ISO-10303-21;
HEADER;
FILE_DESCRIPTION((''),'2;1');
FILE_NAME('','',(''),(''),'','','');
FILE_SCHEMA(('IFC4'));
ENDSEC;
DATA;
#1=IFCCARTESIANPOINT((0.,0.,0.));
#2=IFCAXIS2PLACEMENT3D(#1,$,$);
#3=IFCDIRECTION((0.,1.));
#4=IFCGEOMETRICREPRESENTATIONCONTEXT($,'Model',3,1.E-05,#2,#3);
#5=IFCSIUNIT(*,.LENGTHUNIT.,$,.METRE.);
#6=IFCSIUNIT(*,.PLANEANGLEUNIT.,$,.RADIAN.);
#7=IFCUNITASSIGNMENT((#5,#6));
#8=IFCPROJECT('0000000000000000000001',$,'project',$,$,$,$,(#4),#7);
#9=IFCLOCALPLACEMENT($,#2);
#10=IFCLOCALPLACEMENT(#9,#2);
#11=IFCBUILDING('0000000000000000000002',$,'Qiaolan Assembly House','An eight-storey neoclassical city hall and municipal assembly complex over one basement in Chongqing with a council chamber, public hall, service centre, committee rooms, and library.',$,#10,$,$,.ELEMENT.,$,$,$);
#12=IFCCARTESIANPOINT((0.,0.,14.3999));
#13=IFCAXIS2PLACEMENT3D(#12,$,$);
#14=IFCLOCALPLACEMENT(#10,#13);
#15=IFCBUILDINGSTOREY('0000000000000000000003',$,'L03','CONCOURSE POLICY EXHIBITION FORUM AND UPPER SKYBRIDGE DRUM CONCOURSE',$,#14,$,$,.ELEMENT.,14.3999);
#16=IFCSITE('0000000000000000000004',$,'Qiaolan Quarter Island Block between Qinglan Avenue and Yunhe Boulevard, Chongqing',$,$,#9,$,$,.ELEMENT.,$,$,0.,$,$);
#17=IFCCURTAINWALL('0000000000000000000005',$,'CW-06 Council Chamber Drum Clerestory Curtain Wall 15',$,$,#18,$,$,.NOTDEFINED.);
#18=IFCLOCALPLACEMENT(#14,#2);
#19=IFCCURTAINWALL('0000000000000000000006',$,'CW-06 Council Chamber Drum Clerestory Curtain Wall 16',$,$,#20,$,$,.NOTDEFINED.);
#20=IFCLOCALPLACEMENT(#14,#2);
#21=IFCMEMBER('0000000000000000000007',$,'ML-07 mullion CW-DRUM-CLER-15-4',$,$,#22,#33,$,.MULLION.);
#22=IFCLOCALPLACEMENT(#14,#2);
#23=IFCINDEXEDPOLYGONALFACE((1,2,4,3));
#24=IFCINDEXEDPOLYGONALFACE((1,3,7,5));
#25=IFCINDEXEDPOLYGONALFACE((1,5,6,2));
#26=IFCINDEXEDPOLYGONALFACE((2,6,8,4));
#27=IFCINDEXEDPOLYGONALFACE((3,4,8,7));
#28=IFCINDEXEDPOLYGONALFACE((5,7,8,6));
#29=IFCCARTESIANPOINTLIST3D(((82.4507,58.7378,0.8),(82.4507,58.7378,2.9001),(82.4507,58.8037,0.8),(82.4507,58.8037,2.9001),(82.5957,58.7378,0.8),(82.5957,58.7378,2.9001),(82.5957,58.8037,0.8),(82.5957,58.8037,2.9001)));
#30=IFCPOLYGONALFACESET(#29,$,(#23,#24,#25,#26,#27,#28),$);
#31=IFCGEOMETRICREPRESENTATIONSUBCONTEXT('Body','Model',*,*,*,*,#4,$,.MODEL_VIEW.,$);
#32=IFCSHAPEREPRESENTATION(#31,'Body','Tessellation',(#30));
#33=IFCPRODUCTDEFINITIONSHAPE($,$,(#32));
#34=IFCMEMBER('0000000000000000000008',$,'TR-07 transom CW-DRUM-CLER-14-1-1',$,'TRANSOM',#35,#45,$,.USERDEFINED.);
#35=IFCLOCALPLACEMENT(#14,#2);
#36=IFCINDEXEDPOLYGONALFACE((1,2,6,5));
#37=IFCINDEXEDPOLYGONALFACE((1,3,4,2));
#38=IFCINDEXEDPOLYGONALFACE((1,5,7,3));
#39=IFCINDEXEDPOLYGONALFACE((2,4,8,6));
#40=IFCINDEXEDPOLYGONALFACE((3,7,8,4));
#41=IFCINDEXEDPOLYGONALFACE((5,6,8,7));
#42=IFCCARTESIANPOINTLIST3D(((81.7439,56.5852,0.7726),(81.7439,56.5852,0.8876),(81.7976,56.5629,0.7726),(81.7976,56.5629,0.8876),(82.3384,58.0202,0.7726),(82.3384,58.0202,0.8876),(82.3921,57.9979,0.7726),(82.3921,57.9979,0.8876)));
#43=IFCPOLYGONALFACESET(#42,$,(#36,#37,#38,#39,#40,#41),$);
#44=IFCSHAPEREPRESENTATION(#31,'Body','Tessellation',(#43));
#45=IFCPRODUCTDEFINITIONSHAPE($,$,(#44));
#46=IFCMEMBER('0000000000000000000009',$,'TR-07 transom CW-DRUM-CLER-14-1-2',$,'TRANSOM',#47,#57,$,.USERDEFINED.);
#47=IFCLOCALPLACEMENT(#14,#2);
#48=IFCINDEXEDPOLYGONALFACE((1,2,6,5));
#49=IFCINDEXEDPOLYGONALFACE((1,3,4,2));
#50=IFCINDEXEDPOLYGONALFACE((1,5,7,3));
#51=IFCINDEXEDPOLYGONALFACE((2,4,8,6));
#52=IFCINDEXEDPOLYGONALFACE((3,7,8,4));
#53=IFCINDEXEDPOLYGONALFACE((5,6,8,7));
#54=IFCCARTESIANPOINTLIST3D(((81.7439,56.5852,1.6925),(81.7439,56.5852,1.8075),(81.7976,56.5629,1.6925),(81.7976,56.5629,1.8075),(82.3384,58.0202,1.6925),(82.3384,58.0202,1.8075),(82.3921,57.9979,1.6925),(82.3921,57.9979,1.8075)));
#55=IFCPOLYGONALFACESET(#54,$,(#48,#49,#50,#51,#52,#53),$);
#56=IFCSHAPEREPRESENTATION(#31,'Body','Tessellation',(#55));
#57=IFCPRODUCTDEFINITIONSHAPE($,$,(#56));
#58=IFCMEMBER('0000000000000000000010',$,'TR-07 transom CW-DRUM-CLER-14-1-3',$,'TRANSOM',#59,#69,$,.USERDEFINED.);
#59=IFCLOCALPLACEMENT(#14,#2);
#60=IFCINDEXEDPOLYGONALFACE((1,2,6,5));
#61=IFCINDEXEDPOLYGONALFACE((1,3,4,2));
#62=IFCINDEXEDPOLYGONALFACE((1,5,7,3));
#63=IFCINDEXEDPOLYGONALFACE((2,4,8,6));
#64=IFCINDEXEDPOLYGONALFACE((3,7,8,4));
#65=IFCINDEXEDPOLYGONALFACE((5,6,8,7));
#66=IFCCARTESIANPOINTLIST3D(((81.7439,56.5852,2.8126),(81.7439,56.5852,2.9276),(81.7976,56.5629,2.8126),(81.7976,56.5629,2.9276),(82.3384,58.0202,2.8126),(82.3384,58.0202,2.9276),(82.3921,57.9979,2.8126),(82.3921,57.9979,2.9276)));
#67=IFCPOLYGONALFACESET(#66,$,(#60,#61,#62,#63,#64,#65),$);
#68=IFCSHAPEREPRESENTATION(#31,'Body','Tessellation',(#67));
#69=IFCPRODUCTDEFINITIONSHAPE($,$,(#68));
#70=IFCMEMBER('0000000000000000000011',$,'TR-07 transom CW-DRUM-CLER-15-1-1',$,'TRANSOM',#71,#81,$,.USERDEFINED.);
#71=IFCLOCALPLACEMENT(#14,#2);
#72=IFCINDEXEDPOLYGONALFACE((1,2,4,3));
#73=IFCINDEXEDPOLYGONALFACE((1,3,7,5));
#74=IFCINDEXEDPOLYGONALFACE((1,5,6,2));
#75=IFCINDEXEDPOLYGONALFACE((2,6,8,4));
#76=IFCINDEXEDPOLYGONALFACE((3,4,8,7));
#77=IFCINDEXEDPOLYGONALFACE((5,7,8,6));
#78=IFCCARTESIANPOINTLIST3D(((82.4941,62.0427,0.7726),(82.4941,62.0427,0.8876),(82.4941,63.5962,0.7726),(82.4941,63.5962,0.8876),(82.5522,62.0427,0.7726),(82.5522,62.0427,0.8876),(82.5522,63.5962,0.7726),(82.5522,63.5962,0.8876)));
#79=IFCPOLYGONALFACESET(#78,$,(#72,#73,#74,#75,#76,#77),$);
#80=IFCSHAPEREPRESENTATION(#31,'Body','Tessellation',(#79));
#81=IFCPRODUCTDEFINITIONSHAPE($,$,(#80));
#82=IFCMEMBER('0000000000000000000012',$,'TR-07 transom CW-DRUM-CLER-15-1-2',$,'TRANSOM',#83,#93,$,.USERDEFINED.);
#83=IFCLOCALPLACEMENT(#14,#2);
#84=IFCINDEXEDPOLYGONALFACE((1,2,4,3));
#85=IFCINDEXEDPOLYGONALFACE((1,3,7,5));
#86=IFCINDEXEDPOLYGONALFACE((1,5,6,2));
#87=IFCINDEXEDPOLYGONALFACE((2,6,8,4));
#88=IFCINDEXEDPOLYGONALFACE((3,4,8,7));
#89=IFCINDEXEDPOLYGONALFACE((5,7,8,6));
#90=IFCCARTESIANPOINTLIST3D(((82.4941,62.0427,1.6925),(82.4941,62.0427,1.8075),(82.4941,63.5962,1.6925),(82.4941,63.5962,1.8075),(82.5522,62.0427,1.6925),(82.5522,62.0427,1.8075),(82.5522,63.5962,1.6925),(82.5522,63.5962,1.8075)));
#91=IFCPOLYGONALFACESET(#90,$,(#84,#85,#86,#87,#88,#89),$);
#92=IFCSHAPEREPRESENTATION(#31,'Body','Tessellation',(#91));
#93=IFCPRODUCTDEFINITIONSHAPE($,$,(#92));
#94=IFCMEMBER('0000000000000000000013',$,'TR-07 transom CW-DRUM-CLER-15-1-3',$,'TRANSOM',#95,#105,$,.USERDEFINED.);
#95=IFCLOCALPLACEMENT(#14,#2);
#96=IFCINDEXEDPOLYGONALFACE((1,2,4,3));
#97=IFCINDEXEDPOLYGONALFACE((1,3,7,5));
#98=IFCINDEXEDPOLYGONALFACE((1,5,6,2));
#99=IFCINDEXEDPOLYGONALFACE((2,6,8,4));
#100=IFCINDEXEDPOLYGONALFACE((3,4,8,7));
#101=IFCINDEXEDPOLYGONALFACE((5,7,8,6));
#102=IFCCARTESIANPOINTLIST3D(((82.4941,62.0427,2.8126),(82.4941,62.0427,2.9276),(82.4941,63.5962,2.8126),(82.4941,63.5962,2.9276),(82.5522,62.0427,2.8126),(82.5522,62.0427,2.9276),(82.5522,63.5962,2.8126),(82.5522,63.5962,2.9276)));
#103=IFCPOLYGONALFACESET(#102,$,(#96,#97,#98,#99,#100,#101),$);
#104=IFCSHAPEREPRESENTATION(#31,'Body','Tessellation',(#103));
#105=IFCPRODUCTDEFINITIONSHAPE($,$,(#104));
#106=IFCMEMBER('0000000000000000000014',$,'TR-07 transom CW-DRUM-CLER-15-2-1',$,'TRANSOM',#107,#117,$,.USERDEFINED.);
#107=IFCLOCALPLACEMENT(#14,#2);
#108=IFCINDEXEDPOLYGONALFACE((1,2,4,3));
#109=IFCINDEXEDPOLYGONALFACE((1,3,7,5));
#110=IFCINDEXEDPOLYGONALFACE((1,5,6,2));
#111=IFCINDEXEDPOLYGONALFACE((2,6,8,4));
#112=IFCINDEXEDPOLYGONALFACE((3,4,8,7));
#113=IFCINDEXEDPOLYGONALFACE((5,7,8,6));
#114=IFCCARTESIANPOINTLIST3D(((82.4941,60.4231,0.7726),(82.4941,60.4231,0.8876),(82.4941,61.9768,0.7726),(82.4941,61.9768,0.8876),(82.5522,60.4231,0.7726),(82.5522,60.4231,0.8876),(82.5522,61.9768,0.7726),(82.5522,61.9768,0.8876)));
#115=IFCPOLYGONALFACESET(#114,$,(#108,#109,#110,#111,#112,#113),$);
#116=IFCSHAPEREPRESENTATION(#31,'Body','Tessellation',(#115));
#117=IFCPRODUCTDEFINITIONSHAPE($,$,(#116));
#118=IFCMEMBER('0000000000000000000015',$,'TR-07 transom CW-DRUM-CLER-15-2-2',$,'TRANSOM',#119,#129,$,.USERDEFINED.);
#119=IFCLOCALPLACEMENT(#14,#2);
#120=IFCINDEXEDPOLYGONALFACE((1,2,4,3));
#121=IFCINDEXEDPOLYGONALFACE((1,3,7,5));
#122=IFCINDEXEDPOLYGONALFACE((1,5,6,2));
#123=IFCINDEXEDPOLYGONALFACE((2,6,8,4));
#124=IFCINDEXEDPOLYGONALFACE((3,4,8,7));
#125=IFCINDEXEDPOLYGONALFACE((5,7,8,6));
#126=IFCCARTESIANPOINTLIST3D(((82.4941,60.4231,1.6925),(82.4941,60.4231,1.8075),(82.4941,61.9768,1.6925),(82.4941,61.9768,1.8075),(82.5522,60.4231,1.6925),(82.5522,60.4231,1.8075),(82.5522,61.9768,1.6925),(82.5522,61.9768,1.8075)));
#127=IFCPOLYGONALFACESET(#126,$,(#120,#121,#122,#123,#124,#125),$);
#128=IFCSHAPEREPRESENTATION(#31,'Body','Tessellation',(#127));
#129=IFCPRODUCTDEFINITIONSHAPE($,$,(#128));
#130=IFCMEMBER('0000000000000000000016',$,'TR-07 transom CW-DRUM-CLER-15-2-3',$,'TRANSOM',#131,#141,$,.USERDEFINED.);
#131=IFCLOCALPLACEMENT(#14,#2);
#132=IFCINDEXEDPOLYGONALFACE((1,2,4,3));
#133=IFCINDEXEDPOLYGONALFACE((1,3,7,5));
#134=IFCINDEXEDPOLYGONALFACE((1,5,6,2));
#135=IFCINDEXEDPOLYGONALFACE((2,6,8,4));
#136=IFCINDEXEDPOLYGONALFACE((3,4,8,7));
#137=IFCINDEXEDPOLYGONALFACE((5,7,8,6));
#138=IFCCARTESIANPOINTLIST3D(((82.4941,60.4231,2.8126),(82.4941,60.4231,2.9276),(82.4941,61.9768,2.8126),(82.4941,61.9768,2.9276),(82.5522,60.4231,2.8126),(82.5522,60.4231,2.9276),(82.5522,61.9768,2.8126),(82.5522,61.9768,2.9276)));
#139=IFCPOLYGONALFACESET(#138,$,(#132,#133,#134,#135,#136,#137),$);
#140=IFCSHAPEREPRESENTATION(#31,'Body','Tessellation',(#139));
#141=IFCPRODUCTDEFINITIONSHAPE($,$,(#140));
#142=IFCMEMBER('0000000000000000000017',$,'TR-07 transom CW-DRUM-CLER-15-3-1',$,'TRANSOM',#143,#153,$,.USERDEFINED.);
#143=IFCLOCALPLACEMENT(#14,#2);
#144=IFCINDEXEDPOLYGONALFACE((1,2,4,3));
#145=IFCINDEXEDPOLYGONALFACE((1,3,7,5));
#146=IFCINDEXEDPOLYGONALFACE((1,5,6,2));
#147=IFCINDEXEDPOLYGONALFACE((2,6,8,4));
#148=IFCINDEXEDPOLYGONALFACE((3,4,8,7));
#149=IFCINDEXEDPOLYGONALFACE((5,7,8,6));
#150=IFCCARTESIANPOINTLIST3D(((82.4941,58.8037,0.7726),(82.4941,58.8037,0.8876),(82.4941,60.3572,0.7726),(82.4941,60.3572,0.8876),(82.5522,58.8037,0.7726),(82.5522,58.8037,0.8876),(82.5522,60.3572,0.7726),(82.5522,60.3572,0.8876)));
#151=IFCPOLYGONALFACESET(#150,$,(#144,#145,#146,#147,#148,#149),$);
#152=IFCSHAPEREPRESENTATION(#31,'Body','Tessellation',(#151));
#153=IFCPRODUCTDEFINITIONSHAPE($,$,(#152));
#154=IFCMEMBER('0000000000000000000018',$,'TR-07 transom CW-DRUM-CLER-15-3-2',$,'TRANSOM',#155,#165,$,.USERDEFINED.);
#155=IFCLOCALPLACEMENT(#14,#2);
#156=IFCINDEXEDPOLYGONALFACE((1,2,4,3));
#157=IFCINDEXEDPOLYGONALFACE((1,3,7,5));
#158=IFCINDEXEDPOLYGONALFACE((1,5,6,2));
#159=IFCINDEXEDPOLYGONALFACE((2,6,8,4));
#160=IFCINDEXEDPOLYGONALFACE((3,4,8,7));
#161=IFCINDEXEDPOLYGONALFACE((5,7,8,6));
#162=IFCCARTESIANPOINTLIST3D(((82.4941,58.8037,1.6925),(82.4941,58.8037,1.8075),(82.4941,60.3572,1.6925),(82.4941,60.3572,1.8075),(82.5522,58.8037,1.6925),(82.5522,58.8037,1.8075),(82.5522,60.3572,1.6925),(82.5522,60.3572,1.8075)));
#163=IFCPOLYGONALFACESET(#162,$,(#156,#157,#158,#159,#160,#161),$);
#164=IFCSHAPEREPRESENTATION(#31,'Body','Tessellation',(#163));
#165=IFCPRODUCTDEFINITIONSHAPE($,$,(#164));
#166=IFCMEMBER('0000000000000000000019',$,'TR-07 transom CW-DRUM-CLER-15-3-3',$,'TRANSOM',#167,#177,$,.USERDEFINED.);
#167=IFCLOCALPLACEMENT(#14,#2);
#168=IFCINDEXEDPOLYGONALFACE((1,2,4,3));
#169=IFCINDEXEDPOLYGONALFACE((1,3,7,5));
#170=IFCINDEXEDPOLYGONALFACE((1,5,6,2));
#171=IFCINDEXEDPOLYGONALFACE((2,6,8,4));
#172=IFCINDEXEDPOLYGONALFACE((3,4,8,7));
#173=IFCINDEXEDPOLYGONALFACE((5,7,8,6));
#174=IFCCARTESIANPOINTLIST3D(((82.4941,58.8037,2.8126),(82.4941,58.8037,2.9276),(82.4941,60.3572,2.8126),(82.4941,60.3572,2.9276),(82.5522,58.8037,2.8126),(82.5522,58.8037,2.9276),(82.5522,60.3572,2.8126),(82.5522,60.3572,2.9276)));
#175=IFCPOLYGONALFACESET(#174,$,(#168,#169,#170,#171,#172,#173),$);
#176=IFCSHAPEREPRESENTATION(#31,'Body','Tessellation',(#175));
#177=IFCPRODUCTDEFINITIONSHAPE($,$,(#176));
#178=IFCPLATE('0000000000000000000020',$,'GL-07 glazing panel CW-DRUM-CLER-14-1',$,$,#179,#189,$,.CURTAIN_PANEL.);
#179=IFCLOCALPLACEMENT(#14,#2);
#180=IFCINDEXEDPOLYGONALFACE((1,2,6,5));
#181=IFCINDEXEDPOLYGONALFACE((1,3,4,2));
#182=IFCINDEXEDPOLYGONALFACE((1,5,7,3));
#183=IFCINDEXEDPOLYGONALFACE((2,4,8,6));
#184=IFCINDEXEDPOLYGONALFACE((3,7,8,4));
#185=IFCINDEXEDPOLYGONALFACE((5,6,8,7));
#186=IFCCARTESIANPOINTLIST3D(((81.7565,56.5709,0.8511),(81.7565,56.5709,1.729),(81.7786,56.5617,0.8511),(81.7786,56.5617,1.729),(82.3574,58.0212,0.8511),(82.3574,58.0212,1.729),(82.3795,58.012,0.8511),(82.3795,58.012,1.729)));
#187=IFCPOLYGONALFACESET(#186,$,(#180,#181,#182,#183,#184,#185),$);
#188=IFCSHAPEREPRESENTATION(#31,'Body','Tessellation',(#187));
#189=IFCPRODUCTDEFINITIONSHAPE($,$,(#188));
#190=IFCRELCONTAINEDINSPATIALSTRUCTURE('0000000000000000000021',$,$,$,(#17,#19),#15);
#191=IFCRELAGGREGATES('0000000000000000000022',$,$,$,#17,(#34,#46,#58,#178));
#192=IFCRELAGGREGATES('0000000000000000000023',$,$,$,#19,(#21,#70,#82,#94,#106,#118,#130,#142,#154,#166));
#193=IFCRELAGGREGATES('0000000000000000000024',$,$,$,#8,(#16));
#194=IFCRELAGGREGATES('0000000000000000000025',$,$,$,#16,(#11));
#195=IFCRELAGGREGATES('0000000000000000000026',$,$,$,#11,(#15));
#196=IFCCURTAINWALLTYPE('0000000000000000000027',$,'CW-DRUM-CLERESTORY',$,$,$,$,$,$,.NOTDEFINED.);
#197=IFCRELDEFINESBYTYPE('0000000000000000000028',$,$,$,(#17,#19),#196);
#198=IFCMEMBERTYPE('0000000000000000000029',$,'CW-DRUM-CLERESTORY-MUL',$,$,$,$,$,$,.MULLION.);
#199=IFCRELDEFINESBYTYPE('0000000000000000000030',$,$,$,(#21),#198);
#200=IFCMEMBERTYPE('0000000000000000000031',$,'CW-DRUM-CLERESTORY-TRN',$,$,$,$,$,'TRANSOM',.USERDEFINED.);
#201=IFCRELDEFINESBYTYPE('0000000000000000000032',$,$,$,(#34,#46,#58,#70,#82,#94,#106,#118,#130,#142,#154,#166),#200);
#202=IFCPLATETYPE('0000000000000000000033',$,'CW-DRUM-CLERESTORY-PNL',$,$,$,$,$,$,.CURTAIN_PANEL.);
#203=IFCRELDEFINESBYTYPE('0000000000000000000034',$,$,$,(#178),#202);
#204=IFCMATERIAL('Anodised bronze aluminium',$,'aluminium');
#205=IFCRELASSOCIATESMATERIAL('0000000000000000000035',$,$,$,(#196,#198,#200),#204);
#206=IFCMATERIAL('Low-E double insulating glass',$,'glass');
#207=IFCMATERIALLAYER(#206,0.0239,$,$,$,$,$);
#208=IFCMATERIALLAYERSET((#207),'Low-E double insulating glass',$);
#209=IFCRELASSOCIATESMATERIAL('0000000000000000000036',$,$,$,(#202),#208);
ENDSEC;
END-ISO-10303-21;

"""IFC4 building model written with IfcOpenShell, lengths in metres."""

from ifc_helpers import new_model, si_unit, direction, frame, frame_2d, origin, origin_2d, place, context, subcontext, project, spatial, rectangle, extrude, material, layer, layer_set, material_profile, profile_set, type_object, element, aggregate, save


model = new_model("IFC4")

# Units and contexts
model_context = context("Model", 3, precision=1e-05, world=origin(), true_north=direction((0.0, 1.0)))
body_context = subcontext(model_context, "Body", "Model", "MODEL_VIEW")
ifc_project = project(units=[si_unit("LENGTHUNIT", "METRE"), si_unit("PLANEANGLEUNIT", "RADIAN")], contexts=[model_context])

# Site, building, storey
site_placement = place(None, origin())
site = spatial("IfcSite", under=ifc_project, at=site_placement, Name="Qiaolan Quarter Island Block between Qinglan Avenue and Yunhe Boulevard, Chongqing", CompositionType="ELEMENT", RefElevation=0.0)
building_placement = place(site_placement, origin())
building = spatial("IfcBuilding", under=site, at=building_placement, Name="Qiaolan Assembly House", Description="An eight-storey neoclassical city hall and municipal assembly complex over one basement in Chongqing with a council chamber, public hall, service centre, committee rooms, and library.", CompositionType="ELEMENT")
storey_placement = place(building_placement, frame((0.0, 0.0, 14.3999)))
storey = spatial("IfcBuildingStorey", under=building, at=storey_placement, Name="L03", Description="CONCOURSE POLICY EXHIBITION FORUM AND UPPER SKYBRIDGE DRUM CONCOURSE", CompositionType="ELEMENT", Elevation=14.3999)

# Curtain wall
ifc_material_1 = material(Name="Anodised bronze aluminium", Category="aluminium")
curtain_wall_type = type_object("IfcCurtainWallType", Name="CW-DRUM-CLERESTORY", PredefinedType="NOTDEFINED", material=ifc_material_1)
curtain_wall_1_placement = place(storey_placement, origin())
curtain_wall_1 = element("IfcCurtainWall", 1, at=curtain_wall_1_placement, inside=storey, type_object=curtain_wall_type, Name="CW-06 Council Chamber Drum Clerestory Curtain Wall 15", PredefinedType="NOTDEFINED")
ifc_material_profile_1 = material_profile(ifc_material_1, rectangle(XDim=0.0659, YDim=0.145, at=origin_2d()), Name="MUL 66x145")
ifc_profile_set_1 = profile_set([ifc_material_profile_1], Name="Anodised bronze aluminium")
member_type_1 = type_object("IfcMemberType", Name="CW-DRUM-CLERESTORY-MUL", PredefinedType="MULLION", material=ifc_profile_set_1)

# Curtain wall, member
curtain_wall_2_placement = place(storey_placement, origin())
curtain_wall_2 = element("IfcCurtainWall", 2, at=curtain_wall_2_placement, inside=storey, type_object=curtain_wall_type, Name="CW-06 Council Chamber Drum Clerestory Curtain Wall 16", PredefinedType="NOTDEFINED")
member_1_placement = place(storey_placement, frame((82.5232, 58.7708, 0.8), z_axis=(0.0, 0.0, 1.0), x_axis=(0.0, -1.0, 0.0)))
member_1 = element("IfcMember", 3, at=member_1_placement, type_object=member_type_1, Name="ML-07 mullion CW-DRUM-CLER-15-4", PredefinedType="MULLION", context=body_context, shape_type="SweptSolid", body=[
    extrude(rectangle(XDim=0.0659, YDim=0.145, at=origin_2d()), origin(), (0.0, 0.0, 1.0), 2.1001),
])

# Members
ifc_material_profile_2 = material_profile(ifc_material_1, rectangle(XDim=0.0581, YDim=0.115, at=origin_2d()), Name="TRN 58x115")
ifc_profile_set_2 = profile_set([ifc_material_profile_2], Name="Anodised bronze aluminium")
member_type_2 = type_object("IfcMemberType", Name="CW-DRUM-CLERESTORY-TRN", ElementType="TRANSOM", PredefinedType="USERDEFINED", material=ifc_profile_set_2)
member_2_placement = place(storey_placement, frame((82.3652, 58.009, 0.8301), z_axis=(-0.382717, -0.923865, 0.0), x_axis=(0.923865, -0.382717, 0.0)))
member_2 = element("IfcMember", 4, at=member_2_placement, type_object=member_type_2, Name="TR-07 transom CW-DRUM-CLER-14-1-1", ObjectType="TRANSOM", PredefinedType="USERDEFINED", context=body_context, shape_type="SweptSolid", body=[
    extrude(rectangle(XDim=0.0581, YDim=0.115, at=origin_2d()), origin(), (0.0, 0.0, 1.0), 1.5532),
])
member_3_placement = place(storey_placement, frame((82.3652, 58.009, 1.75), z_axis=(-0.382717, -0.923865, 0.0), x_axis=(0.923865, -0.382717, 0.0)))
member_3 = element("IfcMember", 5, at=member_3_placement, type_object=member_type_2, Name="TR-07 transom CW-DRUM-CLER-14-1-2", ObjectType="TRANSOM", PredefinedType="USERDEFINED", context=body_context, shape_type="SweptSolid", body=[
    extrude(rectangle(XDim=0.0581, YDim=0.115, at=origin_2d()), origin(), (0.0, 0.0, 1.0), 1.5532),
])
member_4_placement = place(storey_placement, frame((82.3652, 58.009, 2.8701), z_axis=(-0.382717, -0.923865, 0.0), x_axis=(0.923865, -0.382717, 0.0)))
member_4 = element("IfcMember", 6, at=member_4_placement, type_object=member_type_2, Name="TR-07 transom CW-DRUM-CLER-14-1-3", ObjectType="TRANSOM", PredefinedType="USERDEFINED", context=body_context, shape_type="SweptSolid", body=[
    extrude(rectangle(XDim=0.0581, YDim=0.115, at=origin_2d()), origin(), (0.0, 0.0, 1.0), 1.5532),
])
member_5_placement = place(storey_placement, frame((82.5232, 63.5962, 0.8301), z_axis=(0.0, -1.0, 0.0), x_axis=(1.0, 0.0, 0.0)))
member_5 = element("IfcMember", 7, at=member_5_placement, type_object=member_type_2, Name="TR-07 transom CW-DRUM-CLER-15-1-1", ObjectType="TRANSOM", PredefinedType="USERDEFINED", context=body_context, shape_type="SweptSolid", body=[
    extrude(rectangle(XDim=0.0581, YDim=0.115, at=origin_2d()), origin(), (0.0, 0.0, 1.0), 1.5535),
])
member_6_placement = place(storey_placement, frame((82.5232, 63.5962, 1.75), z_axis=(0.0, -1.0, 0.0), x_axis=(1.0, 0.0, 0.0)))
member_6 = element("IfcMember", 8, at=member_6_placement, type_object=member_type_2, Name="TR-07 transom CW-DRUM-CLER-15-1-2", ObjectType="TRANSOM", PredefinedType="USERDEFINED", context=body_context, shape_type="SweptSolid", body=[
    extrude(rectangle(XDim=0.0581, YDim=0.115, at=origin_2d()), origin(), (0.0, 0.0, 1.0), 1.5535),
])
member_7_placement = place(storey_placement, frame((82.5232, 63.5962, 2.8701), z_axis=(0.0, -1.0, 0.0), x_axis=(1.0, 0.0, 0.0)))
member_7 = element("IfcMember", 9, at=member_7_placement, type_object=member_type_2, Name="TR-07 transom CW-DRUM-CLER-15-1-3", ObjectType="TRANSOM", PredefinedType="USERDEFINED", context=body_context, shape_type="SweptSolid", body=[
    extrude(rectangle(XDim=0.0581, YDim=0.115, at=origin_2d()), origin(), (0.0, 0.0, 1.0), 1.5535),
])
member_8_placement = place(storey_placement, frame((82.5232, 61.9768, 0.8301), z_axis=(0.0, -1.0, 0.0), x_axis=(1.0, 0.0, 0.0)))
member_8 = element("IfcMember", 10, at=member_8_placement, type_object=member_type_2, Name="TR-07 transom CW-DRUM-CLER-15-2-1", ObjectType="TRANSOM", PredefinedType="USERDEFINED", context=body_context, shape_type="SweptSolid", body=[
    extrude(rectangle(XDim=0.0581, YDim=0.115, at=origin_2d()), origin(), (0.0, 0.0, 1.0), 1.5537),
])
member_9_placement = place(storey_placement, frame((82.5232, 61.9768, 1.75), z_axis=(0.0, -1.0, 0.0), x_axis=(1.0, 0.0, 0.0)))
member_9 = element("IfcMember", 11, at=member_9_placement, type_object=member_type_2, Name="TR-07 transom CW-DRUM-CLER-15-2-2", ObjectType="TRANSOM", PredefinedType="USERDEFINED", context=body_context, shape_type="SweptSolid", body=[
    extrude(rectangle(XDim=0.0581, YDim=0.115, at=origin_2d()), origin(), (0.0, 0.0, 1.0), 1.5537),
])
member_10_placement = place(storey_placement, frame((82.5232, 61.9768, 2.8701), z_axis=(0.0, -1.0, 0.0), x_axis=(1.0, 0.0, 0.0)))
member_10 = element("IfcMember", 12, at=member_10_placement, type_object=member_type_2, Name="TR-07 transom CW-DRUM-CLER-15-2-3", ObjectType="TRANSOM", PredefinedType="USERDEFINED", context=body_context, shape_type="SweptSolid", body=[
    extrude(rectangle(XDim=0.0581, YDim=0.115, at=origin_2d()), origin(), (0.0, 0.0, 1.0), 1.5537),
])
member_11_placement = place(storey_placement, frame((82.5232, 60.3572, 0.8301), z_axis=(0.0, -1.0, 0.0), x_axis=(1.0, 0.0, 0.0)))
member_11 = element("IfcMember", 13, at=member_11_placement, type_object=member_type_2, Name="TR-07 transom CW-DRUM-CLER-15-3-1", ObjectType="TRANSOM", PredefinedType="USERDEFINED", context=body_context, shape_type="SweptSolid", body=[
    extrude(rectangle(XDim=0.0581, YDim=0.115, at=origin_2d()), origin(), (0.0, 0.0, 1.0), 1.5535),
])
member_12_placement = place(storey_placement, frame((82.5232, 60.3572, 1.75), z_axis=(0.0, -1.0, 0.0), x_axis=(1.0, 0.0, 0.0)))
member_12 = element("IfcMember", 14, at=member_12_placement, type_object=member_type_2, Name="TR-07 transom CW-DRUM-CLER-15-3-2", ObjectType="TRANSOM", PredefinedType="USERDEFINED", context=body_context, shape_type="SweptSolid", body=[
    extrude(rectangle(XDim=0.0581, YDim=0.115, at=origin_2d()), origin(), (0.0, 0.0, 1.0), 1.5535),
])
member_13_placement = place(storey_placement, frame((82.5232, 60.3572, 2.8701), z_axis=(0.0, -1.0, 0.0), x_axis=(1.0, 0.0, 0.0)))
member_13 = element("IfcMember", 15, at=member_13_placement, type_object=member_type_2, Name="TR-07 transom CW-DRUM-CLER-15-3-3", ObjectType="TRANSOM", PredefinedType="USERDEFINED", context=body_context, shape_type="SweptSolid", body=[
    extrude(rectangle(XDim=0.0581, YDim=0.115, at=origin_2d()), origin(), (0.0, 0.0, 1.0), 1.5535),
])

# Plate
ifc_material_2 = material(Name="Low-E double insulating glass", Category="glass")
ifc_layer_1 = layer(ifc_material_2, 0.0239)
ifc_layer_set_1 = layer_set([ifc_layer_1], Name="Low-E double insulating glass")
plate_type = type_object("IfcPlateType", Name="CW-DRUM-CLERESTORY-PNL", PredefinedType="CURTAIN_PANEL", material=ifc_layer_set_1)
plate_1_placement = place(storey_placement, frame((82.3684, 58.0166, 0.8511), z_axis=(0.0, 0.0, 1.0), x_axis=(-0.382759, -0.923848, 0.0)))
plate_1 = element("IfcPlate", 16, at=plate_1_placement, type_object=plate_type, Name="GL-07 glazing panel CW-DRUM-CLER-14-1", PredefinedType="CURTAIN_PANEL", context=body_context, shape_type="SweptSolid", body=[
    extrude(rectangle(XDim=1.5698, YDim=0.0239, at=frame_2d((0.7849, 0.0))), origin(), (0.0, 0.0, 1.0), 0.8779),
])
aggregate(curtain_wall_1, [member_2, member_3, member_4, plate_1])
aggregate(curtain_wall_2, [member_1, member_5, member_6, member_7, member_8, member_9, member_10, member_11, member_12, member_13])

save(model, "model.ifc")
